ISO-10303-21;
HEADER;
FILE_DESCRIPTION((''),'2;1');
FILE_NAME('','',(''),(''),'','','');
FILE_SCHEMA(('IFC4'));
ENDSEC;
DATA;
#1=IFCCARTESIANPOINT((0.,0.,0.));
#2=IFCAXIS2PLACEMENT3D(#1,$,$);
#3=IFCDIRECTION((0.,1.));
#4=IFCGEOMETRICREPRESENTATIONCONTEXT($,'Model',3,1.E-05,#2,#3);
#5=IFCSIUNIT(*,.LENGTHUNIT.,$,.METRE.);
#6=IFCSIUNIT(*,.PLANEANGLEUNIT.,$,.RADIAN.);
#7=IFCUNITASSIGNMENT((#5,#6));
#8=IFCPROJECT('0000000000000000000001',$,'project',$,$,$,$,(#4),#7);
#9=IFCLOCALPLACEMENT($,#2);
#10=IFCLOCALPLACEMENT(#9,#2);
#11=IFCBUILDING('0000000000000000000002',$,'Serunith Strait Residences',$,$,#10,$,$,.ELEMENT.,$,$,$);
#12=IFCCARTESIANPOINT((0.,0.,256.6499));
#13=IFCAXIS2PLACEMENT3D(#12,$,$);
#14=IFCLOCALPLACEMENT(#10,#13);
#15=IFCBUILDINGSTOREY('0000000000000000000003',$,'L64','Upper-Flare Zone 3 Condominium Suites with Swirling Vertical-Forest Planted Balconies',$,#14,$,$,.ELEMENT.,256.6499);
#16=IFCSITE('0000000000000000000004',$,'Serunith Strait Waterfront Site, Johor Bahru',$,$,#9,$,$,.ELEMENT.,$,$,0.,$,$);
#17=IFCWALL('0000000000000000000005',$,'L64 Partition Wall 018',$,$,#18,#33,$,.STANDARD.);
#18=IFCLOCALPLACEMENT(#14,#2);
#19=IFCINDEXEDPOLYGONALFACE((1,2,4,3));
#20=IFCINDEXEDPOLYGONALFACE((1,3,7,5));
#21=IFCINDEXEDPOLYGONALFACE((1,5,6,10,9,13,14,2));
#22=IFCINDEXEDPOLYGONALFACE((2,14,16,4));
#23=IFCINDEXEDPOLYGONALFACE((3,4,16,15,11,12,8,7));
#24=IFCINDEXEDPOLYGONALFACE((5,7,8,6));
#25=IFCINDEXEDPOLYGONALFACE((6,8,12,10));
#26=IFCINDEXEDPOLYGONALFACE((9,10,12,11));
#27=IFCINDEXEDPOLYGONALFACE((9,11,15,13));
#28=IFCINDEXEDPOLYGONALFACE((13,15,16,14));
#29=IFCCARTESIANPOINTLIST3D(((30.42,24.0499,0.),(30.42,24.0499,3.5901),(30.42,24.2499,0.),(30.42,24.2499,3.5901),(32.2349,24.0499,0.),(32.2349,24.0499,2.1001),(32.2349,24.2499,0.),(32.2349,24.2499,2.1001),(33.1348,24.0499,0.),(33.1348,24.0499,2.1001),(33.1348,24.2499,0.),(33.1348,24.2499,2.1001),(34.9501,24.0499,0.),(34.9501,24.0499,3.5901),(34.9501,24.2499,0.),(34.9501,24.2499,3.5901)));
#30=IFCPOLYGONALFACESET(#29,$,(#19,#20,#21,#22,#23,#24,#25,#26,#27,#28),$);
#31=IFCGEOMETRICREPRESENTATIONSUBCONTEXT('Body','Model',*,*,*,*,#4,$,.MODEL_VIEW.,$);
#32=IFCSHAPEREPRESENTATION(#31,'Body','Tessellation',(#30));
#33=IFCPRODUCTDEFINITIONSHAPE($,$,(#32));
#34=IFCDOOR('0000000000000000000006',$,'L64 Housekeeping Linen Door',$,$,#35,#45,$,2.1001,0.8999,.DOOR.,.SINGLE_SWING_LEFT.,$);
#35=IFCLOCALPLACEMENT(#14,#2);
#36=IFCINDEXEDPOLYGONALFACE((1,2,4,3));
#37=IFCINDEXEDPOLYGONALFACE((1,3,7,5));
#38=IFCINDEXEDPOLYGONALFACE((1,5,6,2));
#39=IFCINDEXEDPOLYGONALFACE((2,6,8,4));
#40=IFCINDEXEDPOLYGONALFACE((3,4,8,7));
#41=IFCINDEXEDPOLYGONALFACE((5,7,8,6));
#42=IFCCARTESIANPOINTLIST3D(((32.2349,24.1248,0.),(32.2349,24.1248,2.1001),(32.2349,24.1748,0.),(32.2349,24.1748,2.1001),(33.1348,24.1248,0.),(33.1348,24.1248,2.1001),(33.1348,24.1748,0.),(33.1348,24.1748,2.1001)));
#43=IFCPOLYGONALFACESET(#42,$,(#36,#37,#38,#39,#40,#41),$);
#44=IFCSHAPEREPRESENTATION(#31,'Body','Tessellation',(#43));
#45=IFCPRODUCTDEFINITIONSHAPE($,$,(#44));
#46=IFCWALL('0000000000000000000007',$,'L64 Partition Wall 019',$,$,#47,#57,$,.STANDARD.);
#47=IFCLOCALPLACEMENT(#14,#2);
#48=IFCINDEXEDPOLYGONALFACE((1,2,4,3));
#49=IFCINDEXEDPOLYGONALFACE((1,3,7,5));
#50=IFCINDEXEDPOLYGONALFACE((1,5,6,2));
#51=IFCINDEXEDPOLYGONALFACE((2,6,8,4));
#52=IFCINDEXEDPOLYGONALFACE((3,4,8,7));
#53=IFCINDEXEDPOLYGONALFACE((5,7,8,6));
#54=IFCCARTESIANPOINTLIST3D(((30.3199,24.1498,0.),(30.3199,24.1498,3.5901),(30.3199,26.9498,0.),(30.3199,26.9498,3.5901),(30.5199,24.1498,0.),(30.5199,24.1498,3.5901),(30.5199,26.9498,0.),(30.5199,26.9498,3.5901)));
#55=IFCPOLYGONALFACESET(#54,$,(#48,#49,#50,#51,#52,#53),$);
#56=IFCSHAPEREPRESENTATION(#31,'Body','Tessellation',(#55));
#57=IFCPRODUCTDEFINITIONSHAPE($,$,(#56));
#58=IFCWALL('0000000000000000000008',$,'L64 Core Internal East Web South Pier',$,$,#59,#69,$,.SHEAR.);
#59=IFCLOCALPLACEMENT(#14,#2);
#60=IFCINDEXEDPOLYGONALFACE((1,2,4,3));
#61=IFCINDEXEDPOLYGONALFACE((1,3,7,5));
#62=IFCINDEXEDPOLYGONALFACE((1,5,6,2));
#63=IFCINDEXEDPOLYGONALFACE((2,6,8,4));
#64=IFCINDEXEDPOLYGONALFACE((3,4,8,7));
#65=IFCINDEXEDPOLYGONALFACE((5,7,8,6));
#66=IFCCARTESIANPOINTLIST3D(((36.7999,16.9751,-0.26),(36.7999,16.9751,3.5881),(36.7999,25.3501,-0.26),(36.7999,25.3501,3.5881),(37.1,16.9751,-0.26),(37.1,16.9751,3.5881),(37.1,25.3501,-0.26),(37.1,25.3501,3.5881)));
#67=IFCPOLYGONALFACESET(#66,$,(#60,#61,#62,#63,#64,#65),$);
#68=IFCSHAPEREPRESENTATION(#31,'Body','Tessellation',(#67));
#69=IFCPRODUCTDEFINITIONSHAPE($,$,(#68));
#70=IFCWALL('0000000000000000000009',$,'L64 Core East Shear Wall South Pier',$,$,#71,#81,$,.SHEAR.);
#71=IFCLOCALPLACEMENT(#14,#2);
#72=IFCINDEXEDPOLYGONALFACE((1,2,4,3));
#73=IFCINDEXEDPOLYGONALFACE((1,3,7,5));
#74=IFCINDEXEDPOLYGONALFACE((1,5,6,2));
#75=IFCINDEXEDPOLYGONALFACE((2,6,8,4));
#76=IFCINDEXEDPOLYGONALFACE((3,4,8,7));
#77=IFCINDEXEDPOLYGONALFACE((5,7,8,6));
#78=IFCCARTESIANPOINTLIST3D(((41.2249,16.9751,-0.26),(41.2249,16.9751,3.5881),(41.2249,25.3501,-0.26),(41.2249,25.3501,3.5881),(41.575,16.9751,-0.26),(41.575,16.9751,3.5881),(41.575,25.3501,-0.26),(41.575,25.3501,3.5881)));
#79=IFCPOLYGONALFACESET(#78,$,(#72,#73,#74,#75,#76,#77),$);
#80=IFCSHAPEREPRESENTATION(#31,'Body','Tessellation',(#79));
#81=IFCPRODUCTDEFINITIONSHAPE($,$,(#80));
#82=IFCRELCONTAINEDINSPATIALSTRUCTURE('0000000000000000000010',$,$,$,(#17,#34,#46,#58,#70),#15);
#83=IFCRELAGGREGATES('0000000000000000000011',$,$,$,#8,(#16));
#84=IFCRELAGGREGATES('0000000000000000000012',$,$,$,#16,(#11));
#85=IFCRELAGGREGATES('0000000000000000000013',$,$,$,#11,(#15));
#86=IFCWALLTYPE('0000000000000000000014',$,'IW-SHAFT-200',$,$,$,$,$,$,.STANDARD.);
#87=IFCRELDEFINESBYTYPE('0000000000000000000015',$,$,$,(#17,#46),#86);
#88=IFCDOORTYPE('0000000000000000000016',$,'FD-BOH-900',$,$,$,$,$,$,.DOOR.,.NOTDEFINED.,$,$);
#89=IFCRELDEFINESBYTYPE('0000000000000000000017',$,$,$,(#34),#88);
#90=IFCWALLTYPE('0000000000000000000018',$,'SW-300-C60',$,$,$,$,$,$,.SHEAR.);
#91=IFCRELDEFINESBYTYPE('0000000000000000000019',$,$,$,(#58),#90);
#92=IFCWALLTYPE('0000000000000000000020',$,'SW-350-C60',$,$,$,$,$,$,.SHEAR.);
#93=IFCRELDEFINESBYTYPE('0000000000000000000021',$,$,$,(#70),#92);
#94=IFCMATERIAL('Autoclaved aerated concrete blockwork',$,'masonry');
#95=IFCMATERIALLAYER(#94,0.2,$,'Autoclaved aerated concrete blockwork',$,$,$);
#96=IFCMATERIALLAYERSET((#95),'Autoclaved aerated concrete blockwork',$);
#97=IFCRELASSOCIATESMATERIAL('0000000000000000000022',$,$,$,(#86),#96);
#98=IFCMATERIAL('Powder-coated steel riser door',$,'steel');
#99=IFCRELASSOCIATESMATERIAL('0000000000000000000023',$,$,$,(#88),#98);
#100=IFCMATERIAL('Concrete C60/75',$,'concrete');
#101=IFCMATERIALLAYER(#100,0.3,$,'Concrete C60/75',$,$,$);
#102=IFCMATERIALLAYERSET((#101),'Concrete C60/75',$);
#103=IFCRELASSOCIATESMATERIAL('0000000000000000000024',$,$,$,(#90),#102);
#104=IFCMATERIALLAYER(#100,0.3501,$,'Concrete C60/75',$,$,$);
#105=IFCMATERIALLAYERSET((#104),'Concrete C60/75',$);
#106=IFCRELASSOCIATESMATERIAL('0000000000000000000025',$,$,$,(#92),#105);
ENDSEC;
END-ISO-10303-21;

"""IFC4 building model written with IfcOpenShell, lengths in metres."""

from ifc_helpers import new_model, si_unit, direction, frame, frame_2d, origin, place, context, subcontext, project, spatial, rectangle, extrude, source, transform, mapped, material, layer, layer_set, type_object, element, fill, save


model = new_model("IFC4")

# Units and contexts
model_context = context("Model", 3, precision=1e-05, world=origin(), true_north=direction((0.0, 1.0)))
body_context = subcontext(model_context, "Body", "Model", "MODEL_VIEW")
ifc_project = project(units=[si_unit("LENGTHUNIT", "METRE"), si_unit("PLANEANGLEUNIT", "RADIAN")], contexts=[model_context])

# Site, building, storey
site_placement = place(None, origin())
site = spatial("IfcSite", under=ifc_project, at=site_placement, Name="Serunith Strait Waterfront Site, Johor Bahru", CompositionType="ELEMENT", RefElevation=0.0)
building_placement = place(site_placement, origin())
building = spatial("IfcBuilding", under=site, at=building_placement, Name="Serunith Strait Residences", CompositionType="ELEMENT")
storey_placement = place(building_placement, frame((0.0, 0.0, 256.6499)))
storey = spatial("IfcBuildingStorey", under=building, at=storey_placement, Name="L64", Description="Upper-Flare Zone 3 Condominium Suites with Swirling Vertical-Forest Planted Balconies", CompositionType="ELEMENT", Elevation=256.6499)

# Shared definitions
ifc_material_1 = material(Name="Concrete C60/75", Category="concrete")

# Wall, opening, door
ifc_material_2 = material(Name="Autoclaved aerated concrete blockwork", Category="masonry")
ifc_layer_1 = layer(ifc_material_2, 0.2, Name="Autoclaved aerated concrete blockwork")
ifc_layer_set_1 = layer_set([ifc_layer_1], Name="Autoclaved aerated concrete blockwork")
wall_type_1 = type_object("IfcWallType", Name="IW-SHAFT-200", PredefinedType="STANDARD", material=ifc_layer_set_1)
ifc_material_3 = material(Name="Powder-coated steel riser door", Category="steel")
door_type = type_object("IfcDoorType", Name="FD-BOH-900", OperationType="NOTDEFINED", PredefinedType="DOOR", material=ifc_material_3)
shared_shape_1 = source(origin(), body_context, "Body", "SweptSolid", [
    extrude(rectangle(XDim=0.8999, YDim=2.1001, at=frame_2d((0.45, 1.05))), frame((0.0, 0.0249, 0.0), z_axis=(0.0, -1.0, 0.0), x_axis=(1.0, 0.0, 0.0)), (0.0, 0.0, 1.0), 0.05),
])
wall_1_placement = place(storey_placement, frame((30.4199, 24.1499, 0.0), z_axis=(0.0, 0.0, 1.0), x_axis=(1.0, 0.0, 0.0)))
wall_1 = element("IfcWall", 1, at=wall_1_placement, inside=storey, type_object=wall_type_1, Name="L64 Partition Wall 018", PredefinedType="STANDARD", context=body_context, shape_type="SweptSolid", body=[
    extrude(rectangle(XDim=4.53, YDim=0.2, at=frame_2d((2.2651, 0.0))), origin(), (0.0, 0.0, 1.0), 3.5901),
])
opening_1_placement = place(wall_1_placement, frame((1.8149, 0.0, 0.0)))
opening_1 = element("IfcOpeningElement", 2, at=opening_1_placement, cuts=wall_1, PredefinedType="OPENING", context=body_context, shape_type="SweptSolid", body=[
    extrude(rectangle(XDim=0.8999, YDim=2.1001, at=frame_2d((0.45, 1.05))), frame((0.0, 0.1099, 0.0), z_axis=(0.0, -1.0, 0.0), x_axis=(1.0, 0.0, 0.0)), (0.0, 0.0, 1.0), 0.22),
])
door_1_placement = place(opening_1_placement, origin())
door_1 = element("IfcDoor", 3, at=door_1_placement, inside=storey, type_object=door_type, Name="L64 Housekeeping Linen Door", OperationType="SINGLE_SWING_LEFT", OverallHeight=2.1001, OverallWidth=0.8999, PredefinedType="DOOR", context=body_context, shape_type="MappedRepresentation", body=[
    mapped(shared_shape_1, transform((0.0, 0.0, 0.0), scale=1.0)),
])
fill(opening_1, door_1)

# Walls
wall_2_placement = place(storey_placement, frame((30.4199, 24.1499, 0.0), z_axis=(0.0, 0.0, 1.0), x_axis=(0.0, 1.0, 0.0)))
element("IfcWall", 4, at=wall_2_placement, inside=storey, type_object=wall_type_1, Name="L64 Partition Wall 019", PredefinedType="STANDARD", context=body_context, shape_type="SweptSolid", body=[
    extrude(rectangle(XDim=2.8, YDim=0.2, at=frame_2d((1.3999, 0.0))), origin(), (0.0, 0.0, 1.0), 3.5901),
])
ifc_layer_2 = layer(ifc_material_1, 0.3, Name="Concrete C60/75")
ifc_layer_set_2 = layer_set([ifc_layer_2], Name="Concrete C60/75")
wall_type_2 = type_object("IfcWallType", Name="SW-300-C60", PredefinedType="SHEAR", material=ifc_layer_set_2)
wall_3_placement = place(storey_placement, frame((36.95, 16.9751, -0.26), z_axis=(0.0, 0.0, 1.0), x_axis=(0.0, 1.0, 0.0)))
element("IfcWall", 5, at=wall_3_placement, inside=storey, type_object=wall_type_2, Name="L64 Core Internal East Web South Pier", PredefinedType="SHEAR", context=body_context, shape_type="SweptSolid", body=[
    extrude(rectangle(XDim=8.375, YDim=0.3, at=frame_2d((4.1875, 0.0))), origin(), (0.0, 0.0, 1.0), 3.8481),
])
ifc_layer_3 = layer(ifc_material_1, 0.3501, Name="Concrete C60/75")
ifc_layer_set_3 = layer_set([ifc_layer_3], Name="Concrete C60/75")
wall_type_3 = type_object("IfcWallType", Name="SW-350-C60", PredefinedType="SHEAR", material=ifc_layer_set_3)
wall_4_placement = place(storey_placement, frame((41.3999, 16.9751, -0.26), z_axis=(0.0, 0.0, 1.0), x_axis=(0.0, 1.0, 0.0)))
element("IfcWall", 6, at=wall_4_placement, inside=storey, type_object=wall_type_3, Name="L64 Core East Shear Wall South Pier", PredefinedType="SHEAR", context=body_context, shape_type="SweptSolid", body=[
    extrude(rectangle(XDim=8.375, YDim=0.3501, at=frame_2d((4.1875, 0.0))), origin(), (0.0, 0.0, 1.0), 3.8481),
])

save(model, "model.ifc")
